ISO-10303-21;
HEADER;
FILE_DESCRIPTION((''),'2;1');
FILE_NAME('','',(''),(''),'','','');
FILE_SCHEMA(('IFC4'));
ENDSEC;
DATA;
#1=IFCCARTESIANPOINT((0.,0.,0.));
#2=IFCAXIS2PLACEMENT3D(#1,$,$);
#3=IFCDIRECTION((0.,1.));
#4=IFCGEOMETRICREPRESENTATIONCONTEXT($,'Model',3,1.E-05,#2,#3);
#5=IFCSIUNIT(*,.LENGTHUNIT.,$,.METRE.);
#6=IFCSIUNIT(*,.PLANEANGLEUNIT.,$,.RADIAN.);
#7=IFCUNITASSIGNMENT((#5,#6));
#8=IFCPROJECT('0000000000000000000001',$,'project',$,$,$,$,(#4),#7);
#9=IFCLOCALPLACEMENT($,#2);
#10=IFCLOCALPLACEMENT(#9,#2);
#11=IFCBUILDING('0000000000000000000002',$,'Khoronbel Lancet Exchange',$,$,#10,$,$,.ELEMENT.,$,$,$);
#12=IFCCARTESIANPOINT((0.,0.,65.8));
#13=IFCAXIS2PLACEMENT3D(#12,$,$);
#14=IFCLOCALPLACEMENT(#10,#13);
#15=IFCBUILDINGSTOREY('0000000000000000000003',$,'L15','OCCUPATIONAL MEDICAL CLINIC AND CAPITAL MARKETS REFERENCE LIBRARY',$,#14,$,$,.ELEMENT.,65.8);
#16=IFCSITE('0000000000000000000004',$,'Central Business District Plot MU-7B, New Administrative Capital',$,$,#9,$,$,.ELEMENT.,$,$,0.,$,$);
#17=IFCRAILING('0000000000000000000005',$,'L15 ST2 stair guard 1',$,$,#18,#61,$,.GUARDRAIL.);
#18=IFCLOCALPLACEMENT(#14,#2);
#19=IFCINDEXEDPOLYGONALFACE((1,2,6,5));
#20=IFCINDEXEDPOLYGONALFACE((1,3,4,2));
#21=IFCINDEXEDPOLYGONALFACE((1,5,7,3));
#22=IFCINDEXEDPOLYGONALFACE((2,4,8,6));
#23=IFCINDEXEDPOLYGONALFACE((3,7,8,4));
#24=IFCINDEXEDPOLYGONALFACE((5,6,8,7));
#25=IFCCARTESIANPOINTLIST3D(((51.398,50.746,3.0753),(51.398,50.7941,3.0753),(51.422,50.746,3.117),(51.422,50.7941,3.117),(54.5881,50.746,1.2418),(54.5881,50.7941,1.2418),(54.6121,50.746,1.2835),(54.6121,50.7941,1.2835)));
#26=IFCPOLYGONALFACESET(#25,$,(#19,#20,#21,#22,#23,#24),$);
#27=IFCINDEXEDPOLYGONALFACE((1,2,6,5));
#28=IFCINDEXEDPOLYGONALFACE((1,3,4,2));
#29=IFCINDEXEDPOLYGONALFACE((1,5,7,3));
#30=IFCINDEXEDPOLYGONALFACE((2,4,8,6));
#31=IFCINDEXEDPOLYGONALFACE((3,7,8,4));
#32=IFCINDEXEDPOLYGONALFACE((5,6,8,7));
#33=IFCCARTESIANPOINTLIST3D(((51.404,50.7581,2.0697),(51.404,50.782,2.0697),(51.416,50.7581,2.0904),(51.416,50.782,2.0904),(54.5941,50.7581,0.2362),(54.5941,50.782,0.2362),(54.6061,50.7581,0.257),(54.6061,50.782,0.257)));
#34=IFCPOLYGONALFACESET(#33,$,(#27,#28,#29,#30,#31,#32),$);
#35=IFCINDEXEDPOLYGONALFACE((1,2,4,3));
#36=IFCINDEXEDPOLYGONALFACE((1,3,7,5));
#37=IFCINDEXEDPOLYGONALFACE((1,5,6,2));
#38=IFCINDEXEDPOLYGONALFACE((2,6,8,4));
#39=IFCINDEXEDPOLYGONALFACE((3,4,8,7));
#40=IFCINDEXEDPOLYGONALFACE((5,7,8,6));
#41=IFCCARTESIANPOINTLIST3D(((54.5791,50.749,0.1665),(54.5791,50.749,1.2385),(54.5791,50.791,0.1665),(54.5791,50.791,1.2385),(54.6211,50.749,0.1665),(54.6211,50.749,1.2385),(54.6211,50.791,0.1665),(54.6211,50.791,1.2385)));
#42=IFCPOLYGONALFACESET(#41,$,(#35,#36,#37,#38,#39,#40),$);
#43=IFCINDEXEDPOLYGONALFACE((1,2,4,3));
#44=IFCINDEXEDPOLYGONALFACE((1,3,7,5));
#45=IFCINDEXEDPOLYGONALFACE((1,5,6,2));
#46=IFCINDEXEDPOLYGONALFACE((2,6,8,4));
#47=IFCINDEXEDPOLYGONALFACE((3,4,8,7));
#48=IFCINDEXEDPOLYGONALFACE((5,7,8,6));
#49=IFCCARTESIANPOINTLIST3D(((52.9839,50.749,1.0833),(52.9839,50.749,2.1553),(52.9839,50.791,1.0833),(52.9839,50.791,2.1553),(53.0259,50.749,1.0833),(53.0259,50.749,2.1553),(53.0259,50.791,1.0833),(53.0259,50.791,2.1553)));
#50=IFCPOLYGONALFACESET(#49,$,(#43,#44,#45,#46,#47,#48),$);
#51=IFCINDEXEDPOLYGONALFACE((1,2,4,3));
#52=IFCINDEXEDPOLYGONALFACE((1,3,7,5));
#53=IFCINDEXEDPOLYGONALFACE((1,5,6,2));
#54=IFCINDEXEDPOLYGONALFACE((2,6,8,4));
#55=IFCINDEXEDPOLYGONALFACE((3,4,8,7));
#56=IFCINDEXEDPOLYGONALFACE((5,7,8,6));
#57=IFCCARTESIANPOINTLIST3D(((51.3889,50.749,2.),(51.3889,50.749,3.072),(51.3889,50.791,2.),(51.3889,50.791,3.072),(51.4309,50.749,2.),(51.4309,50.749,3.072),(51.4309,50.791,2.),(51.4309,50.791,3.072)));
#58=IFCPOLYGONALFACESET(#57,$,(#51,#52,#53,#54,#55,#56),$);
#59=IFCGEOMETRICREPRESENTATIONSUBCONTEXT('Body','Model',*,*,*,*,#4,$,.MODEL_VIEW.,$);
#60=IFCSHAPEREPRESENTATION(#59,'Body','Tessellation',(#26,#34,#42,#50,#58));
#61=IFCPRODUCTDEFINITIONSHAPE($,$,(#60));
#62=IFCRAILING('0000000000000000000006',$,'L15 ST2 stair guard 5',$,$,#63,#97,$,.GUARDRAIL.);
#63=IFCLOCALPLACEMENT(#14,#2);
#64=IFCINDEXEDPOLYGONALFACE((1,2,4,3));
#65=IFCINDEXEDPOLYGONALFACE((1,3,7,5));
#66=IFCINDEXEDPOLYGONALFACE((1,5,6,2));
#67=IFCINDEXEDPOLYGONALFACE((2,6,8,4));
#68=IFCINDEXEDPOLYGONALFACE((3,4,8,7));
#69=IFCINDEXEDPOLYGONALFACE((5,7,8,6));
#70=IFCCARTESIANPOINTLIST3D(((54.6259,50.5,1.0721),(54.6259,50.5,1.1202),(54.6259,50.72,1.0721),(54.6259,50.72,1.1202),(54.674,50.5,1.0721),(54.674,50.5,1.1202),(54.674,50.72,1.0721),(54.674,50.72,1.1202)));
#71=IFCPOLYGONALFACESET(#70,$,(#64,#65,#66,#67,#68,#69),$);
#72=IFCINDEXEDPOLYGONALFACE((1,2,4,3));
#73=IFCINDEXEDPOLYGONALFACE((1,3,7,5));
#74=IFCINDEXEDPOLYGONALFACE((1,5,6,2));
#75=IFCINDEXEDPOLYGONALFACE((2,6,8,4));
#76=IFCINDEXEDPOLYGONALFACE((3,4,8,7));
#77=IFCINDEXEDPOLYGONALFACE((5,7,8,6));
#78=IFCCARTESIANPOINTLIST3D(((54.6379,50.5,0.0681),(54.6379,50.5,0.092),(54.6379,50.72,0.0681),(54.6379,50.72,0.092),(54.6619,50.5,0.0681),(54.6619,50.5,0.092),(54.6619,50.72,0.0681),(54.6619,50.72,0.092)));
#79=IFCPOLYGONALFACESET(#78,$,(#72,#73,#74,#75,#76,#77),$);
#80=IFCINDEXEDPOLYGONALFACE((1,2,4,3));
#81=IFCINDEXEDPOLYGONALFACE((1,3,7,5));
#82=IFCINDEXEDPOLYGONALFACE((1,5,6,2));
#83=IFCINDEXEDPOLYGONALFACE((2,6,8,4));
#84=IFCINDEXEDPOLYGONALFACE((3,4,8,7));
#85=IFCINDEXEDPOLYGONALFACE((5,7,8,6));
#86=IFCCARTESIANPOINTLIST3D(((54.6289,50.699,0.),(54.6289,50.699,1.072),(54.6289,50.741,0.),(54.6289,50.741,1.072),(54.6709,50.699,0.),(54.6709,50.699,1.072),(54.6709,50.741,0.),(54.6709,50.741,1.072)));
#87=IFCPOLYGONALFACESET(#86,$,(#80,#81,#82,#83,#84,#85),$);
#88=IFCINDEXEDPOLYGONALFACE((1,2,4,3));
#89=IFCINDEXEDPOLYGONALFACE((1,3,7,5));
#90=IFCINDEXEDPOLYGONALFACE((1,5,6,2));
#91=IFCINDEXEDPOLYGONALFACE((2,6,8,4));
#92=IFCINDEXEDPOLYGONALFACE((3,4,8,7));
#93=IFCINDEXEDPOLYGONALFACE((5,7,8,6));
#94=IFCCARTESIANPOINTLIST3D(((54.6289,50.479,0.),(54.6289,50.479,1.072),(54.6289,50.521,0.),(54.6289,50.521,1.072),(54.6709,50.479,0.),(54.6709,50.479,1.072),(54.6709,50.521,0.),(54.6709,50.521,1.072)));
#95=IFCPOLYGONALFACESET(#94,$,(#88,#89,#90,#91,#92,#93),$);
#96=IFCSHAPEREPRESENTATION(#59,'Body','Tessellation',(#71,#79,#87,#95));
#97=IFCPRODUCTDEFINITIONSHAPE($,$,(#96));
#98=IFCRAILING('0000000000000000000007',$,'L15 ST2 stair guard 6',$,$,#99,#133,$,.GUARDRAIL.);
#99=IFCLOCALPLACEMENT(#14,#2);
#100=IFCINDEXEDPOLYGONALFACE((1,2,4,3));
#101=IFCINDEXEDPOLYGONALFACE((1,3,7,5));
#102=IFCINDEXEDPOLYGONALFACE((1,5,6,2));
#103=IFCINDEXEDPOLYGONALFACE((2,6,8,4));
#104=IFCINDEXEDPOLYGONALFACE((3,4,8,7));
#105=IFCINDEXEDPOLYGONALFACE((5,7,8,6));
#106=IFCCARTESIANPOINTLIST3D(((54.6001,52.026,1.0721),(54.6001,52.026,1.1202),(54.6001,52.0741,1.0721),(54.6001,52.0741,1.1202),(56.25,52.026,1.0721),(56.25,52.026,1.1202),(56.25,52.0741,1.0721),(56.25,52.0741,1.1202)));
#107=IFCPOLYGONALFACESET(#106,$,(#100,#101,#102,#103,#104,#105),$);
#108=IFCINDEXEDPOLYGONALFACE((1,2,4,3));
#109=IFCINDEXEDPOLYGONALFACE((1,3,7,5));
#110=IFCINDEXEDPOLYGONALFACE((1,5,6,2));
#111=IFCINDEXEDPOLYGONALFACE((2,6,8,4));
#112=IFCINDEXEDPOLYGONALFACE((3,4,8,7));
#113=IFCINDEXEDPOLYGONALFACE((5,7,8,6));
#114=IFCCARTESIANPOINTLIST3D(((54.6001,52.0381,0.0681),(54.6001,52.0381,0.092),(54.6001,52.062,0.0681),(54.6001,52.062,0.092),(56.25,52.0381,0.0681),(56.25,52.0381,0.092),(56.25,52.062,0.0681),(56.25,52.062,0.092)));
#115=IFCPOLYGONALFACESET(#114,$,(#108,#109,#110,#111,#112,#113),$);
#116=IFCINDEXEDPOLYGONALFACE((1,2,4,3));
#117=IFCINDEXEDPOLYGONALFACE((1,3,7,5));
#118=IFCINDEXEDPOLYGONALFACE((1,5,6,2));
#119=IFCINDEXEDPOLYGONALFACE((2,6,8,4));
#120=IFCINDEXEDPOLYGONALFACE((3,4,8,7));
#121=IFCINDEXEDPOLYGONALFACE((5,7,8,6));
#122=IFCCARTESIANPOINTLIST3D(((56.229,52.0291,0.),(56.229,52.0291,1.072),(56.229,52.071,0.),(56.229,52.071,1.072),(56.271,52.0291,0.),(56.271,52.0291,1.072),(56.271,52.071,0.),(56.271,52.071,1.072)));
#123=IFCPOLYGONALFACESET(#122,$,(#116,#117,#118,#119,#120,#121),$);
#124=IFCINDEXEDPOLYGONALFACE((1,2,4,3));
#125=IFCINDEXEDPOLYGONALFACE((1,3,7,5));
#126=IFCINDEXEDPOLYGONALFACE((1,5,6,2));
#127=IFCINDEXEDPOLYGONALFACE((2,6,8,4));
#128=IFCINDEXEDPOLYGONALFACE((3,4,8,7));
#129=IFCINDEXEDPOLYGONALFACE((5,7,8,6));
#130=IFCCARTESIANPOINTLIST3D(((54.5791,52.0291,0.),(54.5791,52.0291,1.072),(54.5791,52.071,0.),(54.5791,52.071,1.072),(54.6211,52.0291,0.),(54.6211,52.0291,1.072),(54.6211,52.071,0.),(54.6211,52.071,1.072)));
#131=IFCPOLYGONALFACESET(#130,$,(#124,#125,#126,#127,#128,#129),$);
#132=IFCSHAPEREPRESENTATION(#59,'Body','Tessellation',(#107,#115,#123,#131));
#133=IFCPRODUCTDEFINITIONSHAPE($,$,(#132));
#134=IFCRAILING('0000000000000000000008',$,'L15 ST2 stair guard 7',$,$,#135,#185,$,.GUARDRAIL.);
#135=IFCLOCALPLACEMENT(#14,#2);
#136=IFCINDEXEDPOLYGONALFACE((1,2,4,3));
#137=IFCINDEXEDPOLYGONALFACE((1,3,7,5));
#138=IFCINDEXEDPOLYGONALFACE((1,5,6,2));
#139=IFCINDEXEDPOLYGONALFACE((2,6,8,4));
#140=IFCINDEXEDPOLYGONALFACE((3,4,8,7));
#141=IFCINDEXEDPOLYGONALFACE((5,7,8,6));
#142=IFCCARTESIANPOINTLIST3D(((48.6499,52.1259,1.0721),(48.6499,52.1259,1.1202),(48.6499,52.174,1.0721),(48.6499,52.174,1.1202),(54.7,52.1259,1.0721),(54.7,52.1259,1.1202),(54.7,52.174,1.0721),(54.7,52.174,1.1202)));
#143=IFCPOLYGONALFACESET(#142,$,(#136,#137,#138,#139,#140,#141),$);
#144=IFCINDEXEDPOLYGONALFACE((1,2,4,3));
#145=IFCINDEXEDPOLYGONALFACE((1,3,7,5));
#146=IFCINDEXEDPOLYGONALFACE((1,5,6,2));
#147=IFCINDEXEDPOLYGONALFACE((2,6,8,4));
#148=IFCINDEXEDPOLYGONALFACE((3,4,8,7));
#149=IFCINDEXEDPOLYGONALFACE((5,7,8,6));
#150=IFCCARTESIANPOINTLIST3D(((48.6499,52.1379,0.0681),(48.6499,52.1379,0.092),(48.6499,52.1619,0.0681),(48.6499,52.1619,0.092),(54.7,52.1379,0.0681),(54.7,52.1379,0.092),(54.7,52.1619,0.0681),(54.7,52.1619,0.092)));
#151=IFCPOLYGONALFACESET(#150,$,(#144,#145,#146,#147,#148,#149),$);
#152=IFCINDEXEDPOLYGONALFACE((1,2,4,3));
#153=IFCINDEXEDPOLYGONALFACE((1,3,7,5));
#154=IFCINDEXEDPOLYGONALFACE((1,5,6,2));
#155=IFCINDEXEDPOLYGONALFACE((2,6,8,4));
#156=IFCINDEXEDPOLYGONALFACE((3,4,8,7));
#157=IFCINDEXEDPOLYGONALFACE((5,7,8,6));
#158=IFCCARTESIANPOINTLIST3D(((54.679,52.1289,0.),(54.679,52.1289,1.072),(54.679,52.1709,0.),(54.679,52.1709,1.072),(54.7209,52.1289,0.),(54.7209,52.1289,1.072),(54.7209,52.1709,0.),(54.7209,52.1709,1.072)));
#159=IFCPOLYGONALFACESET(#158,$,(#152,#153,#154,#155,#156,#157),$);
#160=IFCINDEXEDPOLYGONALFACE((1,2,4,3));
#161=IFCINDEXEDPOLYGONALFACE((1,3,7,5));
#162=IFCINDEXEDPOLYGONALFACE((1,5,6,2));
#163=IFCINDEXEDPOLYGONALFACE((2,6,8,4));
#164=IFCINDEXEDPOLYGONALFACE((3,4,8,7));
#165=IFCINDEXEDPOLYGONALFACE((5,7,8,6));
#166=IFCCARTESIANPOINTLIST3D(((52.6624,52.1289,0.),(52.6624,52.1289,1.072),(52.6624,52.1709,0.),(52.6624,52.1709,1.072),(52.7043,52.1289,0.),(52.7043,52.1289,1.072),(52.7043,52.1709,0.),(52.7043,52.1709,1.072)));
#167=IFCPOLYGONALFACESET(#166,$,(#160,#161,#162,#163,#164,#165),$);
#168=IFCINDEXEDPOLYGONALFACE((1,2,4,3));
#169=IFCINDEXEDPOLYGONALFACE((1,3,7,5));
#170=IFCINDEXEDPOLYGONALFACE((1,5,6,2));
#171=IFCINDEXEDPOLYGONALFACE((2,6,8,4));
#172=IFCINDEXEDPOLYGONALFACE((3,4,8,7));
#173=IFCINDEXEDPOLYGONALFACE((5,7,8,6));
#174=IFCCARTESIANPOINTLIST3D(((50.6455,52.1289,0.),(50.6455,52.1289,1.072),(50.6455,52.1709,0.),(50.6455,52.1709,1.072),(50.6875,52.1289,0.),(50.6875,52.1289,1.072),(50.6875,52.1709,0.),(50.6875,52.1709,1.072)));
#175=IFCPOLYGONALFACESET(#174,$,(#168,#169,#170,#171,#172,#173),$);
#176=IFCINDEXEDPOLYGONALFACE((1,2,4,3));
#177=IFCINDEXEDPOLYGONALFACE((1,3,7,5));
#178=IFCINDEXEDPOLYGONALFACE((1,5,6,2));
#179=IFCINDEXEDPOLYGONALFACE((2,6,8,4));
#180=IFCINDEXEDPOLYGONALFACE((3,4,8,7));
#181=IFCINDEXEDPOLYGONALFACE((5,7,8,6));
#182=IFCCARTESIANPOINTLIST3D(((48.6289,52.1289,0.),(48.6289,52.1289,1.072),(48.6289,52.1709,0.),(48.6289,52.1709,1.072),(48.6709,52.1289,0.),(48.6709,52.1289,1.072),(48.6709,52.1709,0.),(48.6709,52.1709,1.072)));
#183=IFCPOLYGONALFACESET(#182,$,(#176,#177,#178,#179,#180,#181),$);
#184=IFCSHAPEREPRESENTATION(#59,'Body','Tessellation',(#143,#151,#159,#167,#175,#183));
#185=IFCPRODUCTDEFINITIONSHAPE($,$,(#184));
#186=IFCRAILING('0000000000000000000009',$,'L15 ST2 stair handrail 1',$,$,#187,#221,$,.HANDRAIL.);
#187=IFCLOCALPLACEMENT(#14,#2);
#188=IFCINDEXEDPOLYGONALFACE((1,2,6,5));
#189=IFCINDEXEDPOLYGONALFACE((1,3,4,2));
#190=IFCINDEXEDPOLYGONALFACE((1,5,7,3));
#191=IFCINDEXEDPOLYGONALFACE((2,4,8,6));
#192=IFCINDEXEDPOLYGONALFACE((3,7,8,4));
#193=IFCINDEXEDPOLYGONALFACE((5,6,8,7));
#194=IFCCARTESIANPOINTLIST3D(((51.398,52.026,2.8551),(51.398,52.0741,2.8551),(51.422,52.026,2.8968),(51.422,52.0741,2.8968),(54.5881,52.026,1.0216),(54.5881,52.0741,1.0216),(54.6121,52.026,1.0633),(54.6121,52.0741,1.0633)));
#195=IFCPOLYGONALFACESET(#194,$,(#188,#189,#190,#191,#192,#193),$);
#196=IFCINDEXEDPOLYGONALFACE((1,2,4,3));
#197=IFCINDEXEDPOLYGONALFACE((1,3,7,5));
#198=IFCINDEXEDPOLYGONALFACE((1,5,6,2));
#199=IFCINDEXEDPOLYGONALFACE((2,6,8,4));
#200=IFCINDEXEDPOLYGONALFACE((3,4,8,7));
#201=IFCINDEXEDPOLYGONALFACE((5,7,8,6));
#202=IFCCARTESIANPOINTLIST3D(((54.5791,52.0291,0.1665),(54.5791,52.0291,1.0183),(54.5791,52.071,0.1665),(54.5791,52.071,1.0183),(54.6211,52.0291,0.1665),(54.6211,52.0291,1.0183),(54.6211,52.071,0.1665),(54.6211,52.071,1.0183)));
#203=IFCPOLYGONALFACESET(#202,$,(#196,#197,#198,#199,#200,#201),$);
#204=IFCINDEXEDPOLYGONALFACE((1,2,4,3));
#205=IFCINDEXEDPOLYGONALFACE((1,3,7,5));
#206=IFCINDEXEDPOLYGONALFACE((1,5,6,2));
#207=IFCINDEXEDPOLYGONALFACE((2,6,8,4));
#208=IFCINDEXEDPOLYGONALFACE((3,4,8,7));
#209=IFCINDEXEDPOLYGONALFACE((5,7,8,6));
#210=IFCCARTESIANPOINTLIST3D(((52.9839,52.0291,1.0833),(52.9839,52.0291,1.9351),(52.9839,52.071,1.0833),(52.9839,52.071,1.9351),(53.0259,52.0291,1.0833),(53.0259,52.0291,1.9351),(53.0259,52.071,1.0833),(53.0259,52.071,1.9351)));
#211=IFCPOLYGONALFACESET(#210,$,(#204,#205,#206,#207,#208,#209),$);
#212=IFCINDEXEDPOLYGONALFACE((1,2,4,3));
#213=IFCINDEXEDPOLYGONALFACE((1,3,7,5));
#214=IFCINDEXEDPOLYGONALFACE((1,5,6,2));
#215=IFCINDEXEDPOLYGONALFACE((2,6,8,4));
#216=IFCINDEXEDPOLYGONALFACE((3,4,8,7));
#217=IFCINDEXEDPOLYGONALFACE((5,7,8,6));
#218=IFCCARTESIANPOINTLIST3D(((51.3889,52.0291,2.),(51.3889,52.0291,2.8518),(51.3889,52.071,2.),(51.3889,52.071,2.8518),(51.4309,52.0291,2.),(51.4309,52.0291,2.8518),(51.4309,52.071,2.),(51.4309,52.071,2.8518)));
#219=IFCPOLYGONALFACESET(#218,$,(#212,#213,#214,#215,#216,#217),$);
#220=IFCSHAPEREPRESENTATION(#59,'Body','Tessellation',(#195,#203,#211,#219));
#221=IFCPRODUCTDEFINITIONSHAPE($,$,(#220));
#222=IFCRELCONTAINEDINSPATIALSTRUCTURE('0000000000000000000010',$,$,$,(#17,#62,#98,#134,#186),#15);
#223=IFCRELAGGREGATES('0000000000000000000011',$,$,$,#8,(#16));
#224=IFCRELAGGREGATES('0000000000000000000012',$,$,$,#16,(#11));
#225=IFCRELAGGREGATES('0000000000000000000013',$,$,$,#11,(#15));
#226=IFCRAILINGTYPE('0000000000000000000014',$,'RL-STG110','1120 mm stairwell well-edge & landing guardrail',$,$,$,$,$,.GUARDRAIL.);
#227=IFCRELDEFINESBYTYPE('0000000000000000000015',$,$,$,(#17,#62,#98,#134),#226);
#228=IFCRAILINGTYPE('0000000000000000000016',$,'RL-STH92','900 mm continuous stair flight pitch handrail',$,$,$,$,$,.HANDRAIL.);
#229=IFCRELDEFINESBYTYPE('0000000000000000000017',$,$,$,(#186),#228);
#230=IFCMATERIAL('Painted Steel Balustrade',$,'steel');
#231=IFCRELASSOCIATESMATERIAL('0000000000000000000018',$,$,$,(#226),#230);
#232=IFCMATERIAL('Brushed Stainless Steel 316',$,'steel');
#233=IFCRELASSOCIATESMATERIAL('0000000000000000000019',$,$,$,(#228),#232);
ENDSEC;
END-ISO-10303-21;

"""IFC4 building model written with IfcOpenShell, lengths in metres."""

from ifc_helpers import new_model, si_unit, direction, frame, origin, origin_2d, place, context, subcontext, project, spatial, rectangle, extrude, material, type_object, element, save


model = new_model("IFC4")

# Units and contexts
model_context = context("Model", 3, precision=1e-05, world=origin(), true_north=direction((0.0, 1.0)))
body_context = subcontext(model_context, "Body", "Model", "MODEL_VIEW")
ifc_project = project(units=[si_unit("LENGTHUNIT", "METRE"), si_unit("PLANEANGLEUNIT", "RADIAN")], contexts=[model_context])

# Site, building, storey
site_placement = place(None, origin())
site = spatial("IfcSite", under=ifc_project, at=site_placement, Name="Central Business District Plot MU-7B, New Administrative Capital", CompositionType="ELEMENT", RefElevation=0.0)
building_placement = place(site_placement, origin())
building = spatial("IfcBuilding", under=site, at=building_placement, Name="Khoronbel Lancet Exchange", CompositionType="ELEMENT")
storey_placement = place(building_placement, frame((0.0, 0.0, 65.8)))
storey = spatial("IfcBuildingStorey", under=building, at=storey_placement, Name="L15", Description="OCCUPATIONAL MEDICAL CLINIC AND CAPITAL MARKETS REFERENCE LIBRARY", CompositionType="ELEMENT", Elevation=65.8)

# Railings
ifc_material_1 = material(Name="Painted Steel Balustrade", Category="steel")
railing_type_1 = type_object("IfcRailingType", Name="RL-STG110", Description="1120 mm stairwell well-edge & landing guardrail", PredefinedType="GUARDRAIL", material=ifc_material_1)
railing_1_placement = place(storey_placement, frame((54.6001, 50.77, 0.1665)))
element("IfcRailing", 1, at=railing_1_placement, inside=storey, type_object=railing_type_1, Name="L15 ST2 stair guard 1", PredefinedType="GUARDRAIL", context=body_context, shape_type="SweptSolid", body=[
    extrude(rectangle(XDim=0.0481, YDim=0.0481, at=origin_2d()), frame((0.0, 0.0, 1.0962), z_axis=(-0.867007, 0.0, 0.498295), x_axis=(0.0, -1.0, 0.0)), (0.0, 0.0, 1.0), 3.6794),
    extrude(rectangle(XDim=0.0239, YDim=0.0239, at=origin_2d()), frame((0.0, 0.0, 0.0801), z_axis=(-0.867007, 0.0, 0.498295), x_axis=(0.0, -1.0, 0.0)), (0.0, 0.0, 1.0), 3.6794),
    extrude(rectangle(XDim=0.042, YDim=0.042, at=origin_2d()), origin(), (0.0, 0.0, 1.0), 1.072),
    extrude(rectangle(XDim=0.042, YDim=0.042, at=origin_2d()), frame((-1.5952, 0.0, 0.9167)), (0.0, 0.0, 1.0), 1.072),
    extrude(rectangle(XDim=0.042, YDim=0.042, at=origin_2d()), frame((-3.1902, 0.0, 1.8335)), (0.0, 0.0, 1.0), 1.072),
])
railing_2_placement = place(storey_placement, frame((54.6499, 50.72, 0.0)))
element("IfcRailing", 2, at=railing_2_placement, inside=storey, type_object=railing_type_1, Name="L15 ST2 stair guard 5", PredefinedType="GUARDRAIL", context=body_context, shape_type="SweptSolid", body=[
    extrude(rectangle(XDim=0.0481, YDim=0.0481, at=origin_2d()), frame((0.0, 0.0, 1.0962), z_axis=(0.0, -1.0, 0.0), x_axis=(1.0, 0.0, 0.0)), (0.0, 0.0, 1.0), 0.22),
    extrude(rectangle(XDim=0.0239, YDim=0.0239, at=origin_2d()), frame((0.0, 0.0, 0.0801), z_axis=(0.0, -1.0, 0.0), x_axis=(1.0, 0.0, 0.0)), (0.0, 0.0, 1.0), 0.22),
    extrude(rectangle(XDim=0.042, YDim=0.042, at=origin_2d()), origin(), (0.0, 0.0, 1.0), 1.072),
    extrude(rectangle(XDim=0.042, YDim=0.042, at=origin_2d()), frame((0.0, -0.22, 0.0)), (0.0, 0.0, 1.0), 1.072),
])
railing_3_placement = place(storey_placement, frame((56.25, 52.05, 0.0)))
element("IfcRailing", 3, at=railing_3_placement, inside=storey, type_object=railing_type_1, Name="L15 ST2 stair guard 6", PredefinedType="GUARDRAIL", context=body_context, shape_type="SweptSolid", body=[
    extrude(rectangle(XDim=0.0481, YDim=0.0481, at=origin_2d()), frame((0.0, 0.0, 1.0962), z_axis=(-1.0, 0.0, 0.0), x_axis=(0.0, -1.0, 0.0)), (0.0, 0.0, 1.0), 1.6499),
    extrude(rectangle(XDim=0.0239, YDim=0.0239, at=origin_2d()), frame((0.0, 0.0, 0.0801), z_axis=(-1.0, 0.0, 0.0), x_axis=(0.0, -1.0, 0.0)), (0.0, 0.0, 1.0), 1.6499),
    extrude(rectangle(XDim=0.042, YDim=0.042, at=origin_2d()), origin(), (0.0, 0.0, 1.0), 1.072),
    extrude(rectangle(XDim=0.042, YDim=0.042, at=origin_2d()), frame((-1.6499, 0.0, 0.0)), (0.0, 0.0, 1.0), 1.072),
])
railing_4_placement = place(storey_placement, frame((54.7, 52.1499, 0.0)))
element("IfcRailing", 4, at=railing_4_placement, inside=storey, type_object=railing_type_1, Name="L15 ST2 stair guard 7", PredefinedType="GUARDRAIL", context=body_context, shape_type="SweptSolid", body=[
    extrude(rectangle(XDim=0.0481, YDim=0.0481, at=origin_2d()), frame((0.0, 0.0, 1.0962), z_axis=(-1.0, 0.0, 0.0), x_axis=(0.0, -1.0, 0.0)), (0.0, 0.0, 1.0), 6.05),
    extrude(rectangle(XDim=0.0239, YDim=0.0239, at=origin_2d()), frame((0.0, 0.0, 0.0801), z_axis=(-1.0, 0.0, 0.0), x_axis=(0.0, -1.0, 0.0)), (0.0, 0.0, 1.0), 6.05),
    extrude(rectangle(XDim=0.042, YDim=0.042, at=origin_2d()), origin(), (0.0, 0.0, 1.0), 1.072),
    extrude(rectangle(XDim=0.042, YDim=0.042, at=origin_2d()), frame((-2.0166, 0.0, 0.0)), (0.0, 0.0, 1.0), 1.072),
    extrude(rectangle(XDim=0.042, YDim=0.042, at=origin_2d()), frame((-4.0334, 0.0, 0.0)), (0.0, 0.0, 1.0), 1.072),
    extrude(rectangle(XDim=0.042, YDim=0.042, at=origin_2d()), frame((-6.05, 0.0, 0.0)), (0.0, 0.0, 1.0), 1.072),
])
ifc_material_2 = material(Name="Brushed Stainless Steel 316", Category="steel")
railing_type_2 = type_object("IfcRailingType", Name="RL-STH92", Description="900 mm continuous stair flight pitch handrail", PredefinedType="HANDRAIL", material=ifc_material_2)
railing_5_placement = place(storey_placement, frame((54.6001, 52.05, 0.1665)))
element("IfcRailing", 5, at=railing_5_placement, inside=storey, type_object=railing_type_2, Name="L15 ST2 stair handrail 1", PredefinedType="HANDRAIL", context=body_context, shape_type="SweptSolid", body=[
    extrude(rectangle(XDim=0.0481, YDim=0.0481, at=origin_2d()), frame((0.0, 0.0, 0.876), z_axis=(-0.867007, 0.0, 0.498295), x_axis=(0.0, -1.0, 0.0)), (0.0, 0.0, 1.0), 3.6794),
    extrude(rectangle(XDim=0.042, YDim=0.042, at=origin_2d()), origin(), (0.0, 0.0, 1.0), 0.8518),
    extrude(rectangle(XDim=0.042, YDim=0.042, at=origin_2d()), frame((-1.5952, 0.0, 0.9167)), (0.0, 0.0, 1.0), 0.8518),
    extrude(rectangle(XDim=0.042, YDim=0.042, at=origin_2d()), frame((-3.1902, 0.0, 1.8335)), (0.0, 0.0, 1.0), 0.8518),
])

save(model, "model.ifc")
